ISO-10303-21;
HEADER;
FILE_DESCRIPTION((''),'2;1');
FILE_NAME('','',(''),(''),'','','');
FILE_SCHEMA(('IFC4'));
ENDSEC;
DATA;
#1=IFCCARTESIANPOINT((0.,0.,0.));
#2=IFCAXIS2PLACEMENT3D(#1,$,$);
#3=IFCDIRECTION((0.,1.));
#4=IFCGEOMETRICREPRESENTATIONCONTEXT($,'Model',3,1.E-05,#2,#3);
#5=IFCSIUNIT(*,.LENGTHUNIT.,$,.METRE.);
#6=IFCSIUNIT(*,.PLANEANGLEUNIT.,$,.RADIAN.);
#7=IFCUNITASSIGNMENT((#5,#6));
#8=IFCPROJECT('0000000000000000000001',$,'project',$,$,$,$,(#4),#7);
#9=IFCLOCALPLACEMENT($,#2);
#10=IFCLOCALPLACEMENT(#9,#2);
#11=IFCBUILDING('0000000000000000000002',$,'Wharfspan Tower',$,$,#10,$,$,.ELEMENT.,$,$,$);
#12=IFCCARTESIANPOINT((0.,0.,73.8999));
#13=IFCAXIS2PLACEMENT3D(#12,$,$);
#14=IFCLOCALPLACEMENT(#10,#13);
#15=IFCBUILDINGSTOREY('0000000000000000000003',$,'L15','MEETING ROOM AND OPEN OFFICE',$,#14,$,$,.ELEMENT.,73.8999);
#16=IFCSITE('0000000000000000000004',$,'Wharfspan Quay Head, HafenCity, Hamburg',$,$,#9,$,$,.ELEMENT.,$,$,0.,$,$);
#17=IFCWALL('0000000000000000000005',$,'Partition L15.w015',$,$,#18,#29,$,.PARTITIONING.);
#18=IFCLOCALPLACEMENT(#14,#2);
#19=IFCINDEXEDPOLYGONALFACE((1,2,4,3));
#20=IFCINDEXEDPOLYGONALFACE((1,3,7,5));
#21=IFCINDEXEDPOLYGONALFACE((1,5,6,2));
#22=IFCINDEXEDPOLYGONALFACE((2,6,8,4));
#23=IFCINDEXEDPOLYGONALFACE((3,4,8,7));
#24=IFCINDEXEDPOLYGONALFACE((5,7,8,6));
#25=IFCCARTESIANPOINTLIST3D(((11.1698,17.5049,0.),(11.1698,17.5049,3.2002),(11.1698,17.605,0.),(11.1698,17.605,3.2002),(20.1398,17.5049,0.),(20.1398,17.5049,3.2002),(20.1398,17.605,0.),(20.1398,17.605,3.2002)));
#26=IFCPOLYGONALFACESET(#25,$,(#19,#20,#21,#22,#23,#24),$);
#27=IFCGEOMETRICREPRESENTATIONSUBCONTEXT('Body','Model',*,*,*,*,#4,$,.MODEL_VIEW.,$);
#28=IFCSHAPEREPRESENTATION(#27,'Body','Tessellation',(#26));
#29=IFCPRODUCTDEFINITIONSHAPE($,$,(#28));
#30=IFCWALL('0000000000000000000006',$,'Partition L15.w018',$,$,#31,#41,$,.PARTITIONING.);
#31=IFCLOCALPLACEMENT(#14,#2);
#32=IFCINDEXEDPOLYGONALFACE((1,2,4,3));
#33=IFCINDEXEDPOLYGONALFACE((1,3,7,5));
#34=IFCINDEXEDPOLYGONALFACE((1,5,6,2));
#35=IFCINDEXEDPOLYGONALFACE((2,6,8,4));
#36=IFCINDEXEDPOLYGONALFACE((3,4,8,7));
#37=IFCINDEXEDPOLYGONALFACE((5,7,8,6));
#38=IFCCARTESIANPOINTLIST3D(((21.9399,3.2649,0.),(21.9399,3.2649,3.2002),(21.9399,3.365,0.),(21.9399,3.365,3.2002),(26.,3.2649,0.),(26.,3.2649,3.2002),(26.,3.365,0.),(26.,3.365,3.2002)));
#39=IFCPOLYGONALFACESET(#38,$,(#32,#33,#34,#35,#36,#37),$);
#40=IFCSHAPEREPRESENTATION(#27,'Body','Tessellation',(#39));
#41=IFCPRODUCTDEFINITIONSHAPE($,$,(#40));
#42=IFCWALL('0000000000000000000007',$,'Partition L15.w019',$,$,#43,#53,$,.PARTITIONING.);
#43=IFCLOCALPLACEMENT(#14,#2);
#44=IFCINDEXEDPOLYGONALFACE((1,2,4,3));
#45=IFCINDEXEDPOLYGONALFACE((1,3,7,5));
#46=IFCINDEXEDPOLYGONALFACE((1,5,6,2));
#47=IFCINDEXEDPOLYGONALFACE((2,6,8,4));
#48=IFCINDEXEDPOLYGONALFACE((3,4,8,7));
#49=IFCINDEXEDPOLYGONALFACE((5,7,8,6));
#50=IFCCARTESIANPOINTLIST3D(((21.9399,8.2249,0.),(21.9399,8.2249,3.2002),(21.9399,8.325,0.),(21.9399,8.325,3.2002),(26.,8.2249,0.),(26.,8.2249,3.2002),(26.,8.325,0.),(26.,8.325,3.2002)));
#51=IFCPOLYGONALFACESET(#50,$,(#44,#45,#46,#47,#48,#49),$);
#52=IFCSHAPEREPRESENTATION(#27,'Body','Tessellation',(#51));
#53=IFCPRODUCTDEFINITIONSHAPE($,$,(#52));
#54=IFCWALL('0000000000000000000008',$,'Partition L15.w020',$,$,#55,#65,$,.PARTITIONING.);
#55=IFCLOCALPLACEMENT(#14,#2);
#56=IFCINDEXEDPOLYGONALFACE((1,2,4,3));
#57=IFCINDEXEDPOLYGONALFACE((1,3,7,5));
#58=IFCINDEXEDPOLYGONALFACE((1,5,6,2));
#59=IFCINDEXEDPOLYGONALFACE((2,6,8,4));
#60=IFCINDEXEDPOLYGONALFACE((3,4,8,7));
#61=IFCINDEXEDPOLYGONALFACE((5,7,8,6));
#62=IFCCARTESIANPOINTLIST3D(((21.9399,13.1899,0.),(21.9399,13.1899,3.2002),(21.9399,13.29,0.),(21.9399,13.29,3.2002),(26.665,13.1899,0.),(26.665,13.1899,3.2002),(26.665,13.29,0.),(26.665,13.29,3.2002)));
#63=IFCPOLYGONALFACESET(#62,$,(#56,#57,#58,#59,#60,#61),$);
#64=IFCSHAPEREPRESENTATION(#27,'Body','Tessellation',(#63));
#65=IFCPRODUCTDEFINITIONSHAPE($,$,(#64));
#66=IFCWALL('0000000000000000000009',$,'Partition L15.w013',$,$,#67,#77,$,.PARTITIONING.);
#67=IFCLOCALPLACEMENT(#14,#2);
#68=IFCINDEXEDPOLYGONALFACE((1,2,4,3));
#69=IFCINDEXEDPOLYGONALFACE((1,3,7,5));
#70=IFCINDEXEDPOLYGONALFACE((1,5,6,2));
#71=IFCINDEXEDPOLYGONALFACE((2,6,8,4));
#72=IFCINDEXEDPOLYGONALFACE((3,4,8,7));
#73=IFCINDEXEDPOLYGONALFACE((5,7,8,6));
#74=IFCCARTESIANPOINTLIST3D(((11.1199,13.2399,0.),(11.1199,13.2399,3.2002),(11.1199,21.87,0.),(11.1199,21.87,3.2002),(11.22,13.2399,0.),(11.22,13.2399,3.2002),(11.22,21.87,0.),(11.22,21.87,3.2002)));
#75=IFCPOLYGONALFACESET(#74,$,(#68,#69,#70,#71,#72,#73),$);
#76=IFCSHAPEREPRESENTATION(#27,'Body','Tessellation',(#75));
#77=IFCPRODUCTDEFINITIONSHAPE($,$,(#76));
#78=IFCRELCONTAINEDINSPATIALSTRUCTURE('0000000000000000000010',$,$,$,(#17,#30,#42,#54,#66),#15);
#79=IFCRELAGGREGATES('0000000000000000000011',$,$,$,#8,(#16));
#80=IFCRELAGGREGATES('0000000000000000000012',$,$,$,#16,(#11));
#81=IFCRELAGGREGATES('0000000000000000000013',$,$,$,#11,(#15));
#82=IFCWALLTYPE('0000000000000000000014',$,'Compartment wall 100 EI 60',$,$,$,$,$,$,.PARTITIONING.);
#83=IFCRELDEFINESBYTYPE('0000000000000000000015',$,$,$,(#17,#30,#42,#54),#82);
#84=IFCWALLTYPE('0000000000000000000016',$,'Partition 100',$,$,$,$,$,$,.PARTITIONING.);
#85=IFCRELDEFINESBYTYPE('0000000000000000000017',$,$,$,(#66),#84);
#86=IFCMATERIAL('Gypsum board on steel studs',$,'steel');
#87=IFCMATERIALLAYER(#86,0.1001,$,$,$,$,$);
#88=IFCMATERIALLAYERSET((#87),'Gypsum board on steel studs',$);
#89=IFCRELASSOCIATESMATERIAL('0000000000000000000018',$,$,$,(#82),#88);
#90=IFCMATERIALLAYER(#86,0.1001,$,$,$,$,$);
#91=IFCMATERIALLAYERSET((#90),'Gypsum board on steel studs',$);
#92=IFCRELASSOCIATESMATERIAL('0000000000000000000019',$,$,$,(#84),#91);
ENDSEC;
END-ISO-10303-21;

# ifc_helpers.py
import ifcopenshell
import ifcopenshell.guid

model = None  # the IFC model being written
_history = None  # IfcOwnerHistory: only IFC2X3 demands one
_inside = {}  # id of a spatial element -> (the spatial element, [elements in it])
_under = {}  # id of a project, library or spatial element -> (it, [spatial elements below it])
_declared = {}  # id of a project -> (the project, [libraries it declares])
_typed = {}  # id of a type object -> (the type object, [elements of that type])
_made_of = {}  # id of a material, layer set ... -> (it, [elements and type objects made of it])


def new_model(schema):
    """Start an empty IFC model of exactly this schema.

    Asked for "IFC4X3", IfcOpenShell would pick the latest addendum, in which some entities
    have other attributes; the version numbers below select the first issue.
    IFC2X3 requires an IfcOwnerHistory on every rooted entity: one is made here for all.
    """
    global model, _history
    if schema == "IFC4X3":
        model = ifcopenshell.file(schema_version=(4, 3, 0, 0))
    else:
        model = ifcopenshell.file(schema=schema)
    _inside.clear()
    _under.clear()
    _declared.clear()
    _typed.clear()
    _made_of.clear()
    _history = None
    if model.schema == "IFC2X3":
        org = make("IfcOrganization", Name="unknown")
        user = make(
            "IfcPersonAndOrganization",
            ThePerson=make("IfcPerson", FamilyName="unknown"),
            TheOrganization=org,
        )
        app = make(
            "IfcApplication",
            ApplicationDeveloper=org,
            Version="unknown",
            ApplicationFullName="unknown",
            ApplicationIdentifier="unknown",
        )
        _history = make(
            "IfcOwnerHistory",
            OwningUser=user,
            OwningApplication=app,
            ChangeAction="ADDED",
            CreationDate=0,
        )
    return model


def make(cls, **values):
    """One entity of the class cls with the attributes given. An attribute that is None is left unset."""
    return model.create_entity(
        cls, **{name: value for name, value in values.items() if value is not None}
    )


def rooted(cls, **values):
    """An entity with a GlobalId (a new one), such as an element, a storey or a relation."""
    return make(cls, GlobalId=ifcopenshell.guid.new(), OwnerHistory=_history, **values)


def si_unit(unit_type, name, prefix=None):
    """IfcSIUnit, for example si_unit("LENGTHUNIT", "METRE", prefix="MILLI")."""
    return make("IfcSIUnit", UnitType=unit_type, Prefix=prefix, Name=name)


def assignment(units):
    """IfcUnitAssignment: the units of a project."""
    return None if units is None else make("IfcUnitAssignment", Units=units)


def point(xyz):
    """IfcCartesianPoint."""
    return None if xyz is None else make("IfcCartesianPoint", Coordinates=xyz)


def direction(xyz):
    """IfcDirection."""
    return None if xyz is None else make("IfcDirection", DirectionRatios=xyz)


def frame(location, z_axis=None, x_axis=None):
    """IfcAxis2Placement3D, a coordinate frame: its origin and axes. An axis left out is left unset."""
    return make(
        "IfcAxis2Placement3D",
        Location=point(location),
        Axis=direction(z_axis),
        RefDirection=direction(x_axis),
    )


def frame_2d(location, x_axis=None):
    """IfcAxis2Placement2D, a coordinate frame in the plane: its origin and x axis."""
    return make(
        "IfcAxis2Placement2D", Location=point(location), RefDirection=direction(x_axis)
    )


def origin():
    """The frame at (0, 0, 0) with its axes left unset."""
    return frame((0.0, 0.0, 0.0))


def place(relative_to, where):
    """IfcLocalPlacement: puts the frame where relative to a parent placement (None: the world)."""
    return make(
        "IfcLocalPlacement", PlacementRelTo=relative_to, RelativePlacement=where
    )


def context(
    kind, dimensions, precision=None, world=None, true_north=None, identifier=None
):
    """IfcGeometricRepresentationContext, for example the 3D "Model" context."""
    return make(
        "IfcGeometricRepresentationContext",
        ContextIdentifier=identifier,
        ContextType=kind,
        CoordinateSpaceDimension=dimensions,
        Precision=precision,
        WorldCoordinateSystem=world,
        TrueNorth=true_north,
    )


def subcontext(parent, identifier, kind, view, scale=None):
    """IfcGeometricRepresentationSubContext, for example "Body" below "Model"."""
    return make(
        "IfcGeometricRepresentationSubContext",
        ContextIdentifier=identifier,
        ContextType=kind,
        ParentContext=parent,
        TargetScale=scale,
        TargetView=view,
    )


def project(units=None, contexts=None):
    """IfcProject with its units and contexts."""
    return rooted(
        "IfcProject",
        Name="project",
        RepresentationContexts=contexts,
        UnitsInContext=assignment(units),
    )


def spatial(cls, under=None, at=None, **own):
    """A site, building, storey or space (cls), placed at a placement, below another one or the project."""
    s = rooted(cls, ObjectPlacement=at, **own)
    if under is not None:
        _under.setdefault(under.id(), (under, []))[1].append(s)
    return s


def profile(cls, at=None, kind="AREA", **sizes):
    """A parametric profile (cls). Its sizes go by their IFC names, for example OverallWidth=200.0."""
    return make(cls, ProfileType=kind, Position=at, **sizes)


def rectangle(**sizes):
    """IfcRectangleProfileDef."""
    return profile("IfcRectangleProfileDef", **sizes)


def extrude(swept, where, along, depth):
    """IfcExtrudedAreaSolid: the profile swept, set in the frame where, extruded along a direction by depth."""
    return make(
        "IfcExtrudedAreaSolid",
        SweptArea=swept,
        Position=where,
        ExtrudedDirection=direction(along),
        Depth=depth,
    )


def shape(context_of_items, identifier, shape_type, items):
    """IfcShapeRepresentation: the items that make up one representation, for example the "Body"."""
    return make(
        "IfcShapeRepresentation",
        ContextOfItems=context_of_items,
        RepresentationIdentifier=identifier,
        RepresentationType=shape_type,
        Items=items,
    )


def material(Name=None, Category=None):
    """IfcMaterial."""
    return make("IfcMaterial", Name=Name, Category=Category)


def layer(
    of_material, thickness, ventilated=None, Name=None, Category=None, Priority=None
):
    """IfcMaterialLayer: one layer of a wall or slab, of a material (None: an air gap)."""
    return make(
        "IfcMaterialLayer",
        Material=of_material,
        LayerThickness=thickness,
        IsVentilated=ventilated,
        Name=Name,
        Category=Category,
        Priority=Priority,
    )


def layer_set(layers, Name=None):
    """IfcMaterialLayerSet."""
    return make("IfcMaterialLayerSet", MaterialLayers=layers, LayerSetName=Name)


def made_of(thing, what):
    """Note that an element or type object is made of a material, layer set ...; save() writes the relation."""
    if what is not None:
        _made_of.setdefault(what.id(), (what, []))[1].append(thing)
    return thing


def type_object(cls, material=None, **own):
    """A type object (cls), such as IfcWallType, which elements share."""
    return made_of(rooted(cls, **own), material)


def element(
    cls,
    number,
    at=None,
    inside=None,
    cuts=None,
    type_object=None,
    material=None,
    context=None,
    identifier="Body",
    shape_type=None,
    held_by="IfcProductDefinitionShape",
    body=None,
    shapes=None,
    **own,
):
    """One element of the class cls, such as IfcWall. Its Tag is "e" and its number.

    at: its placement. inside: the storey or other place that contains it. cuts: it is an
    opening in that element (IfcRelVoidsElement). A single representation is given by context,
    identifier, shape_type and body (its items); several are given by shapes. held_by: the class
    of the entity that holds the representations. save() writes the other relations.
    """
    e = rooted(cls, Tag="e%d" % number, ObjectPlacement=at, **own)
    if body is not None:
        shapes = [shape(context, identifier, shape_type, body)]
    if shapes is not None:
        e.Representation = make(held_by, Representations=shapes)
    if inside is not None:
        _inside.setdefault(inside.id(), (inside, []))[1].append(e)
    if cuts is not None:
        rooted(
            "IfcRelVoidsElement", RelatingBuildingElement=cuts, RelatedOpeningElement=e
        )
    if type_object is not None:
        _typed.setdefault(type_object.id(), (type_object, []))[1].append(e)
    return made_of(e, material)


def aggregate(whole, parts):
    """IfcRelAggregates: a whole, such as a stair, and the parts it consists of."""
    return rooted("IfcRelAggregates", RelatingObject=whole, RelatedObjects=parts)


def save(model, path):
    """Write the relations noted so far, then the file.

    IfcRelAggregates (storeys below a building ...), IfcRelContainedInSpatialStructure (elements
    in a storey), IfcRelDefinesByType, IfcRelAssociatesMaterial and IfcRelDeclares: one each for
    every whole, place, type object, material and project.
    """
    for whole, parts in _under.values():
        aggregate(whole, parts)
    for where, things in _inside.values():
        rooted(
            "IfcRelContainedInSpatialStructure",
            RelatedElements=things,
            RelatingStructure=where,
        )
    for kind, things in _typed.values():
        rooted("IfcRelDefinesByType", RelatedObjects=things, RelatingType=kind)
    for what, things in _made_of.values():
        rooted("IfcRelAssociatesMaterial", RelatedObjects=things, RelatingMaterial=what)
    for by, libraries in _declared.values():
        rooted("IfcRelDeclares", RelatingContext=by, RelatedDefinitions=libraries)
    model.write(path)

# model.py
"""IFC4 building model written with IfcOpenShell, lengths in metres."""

from ifc_helpers import new_model, si_unit, direction, frame, frame_2d, origin, place, context, subcontext, project, spatial, rectangle, extrude, material, layer, layer_set, type_object, element, save


model = new_model("IFC4")

# Units and contexts
model_context = context("Model", 3, precision=1e-05, world=origin(), true_north=direction((0.0, 1.0)))
body_context = subcontext(model_context, "Body", "Model", "MODEL_VIEW")
ifc_project = project(units=[si_unit("LENGTHUNIT", "METRE"), si_unit("PLANEANGLEUNIT", "RADIAN")], contexts=[model_context])

# Site, building, storey
site_placement = place(None, origin())
site = spatial("IfcSite", under=ifc_project, at=site_placement, Name="Wharfspan Quay Head, HafenCity, Hamburg", CompositionType="ELEMENT", RefElevation=0.0)
building_placement = place(site_placement, origin())
building = spatial("IfcBuilding", under=site, at=building_placement, Name="Wharfspan Tower", CompositionType="ELEMENT")
storey_placement = place(building_placement, frame((0.0, 0.0, 73.8999)))
storey = spatial("IfcBuildingStorey", under=building, at=storey_placement, Name="L15", Description="MEETING ROOM AND OPEN OFFICE", CompositionType="ELEMENT", Elevation=73.8999)

# Walls
ifc_material_1 = material(Name="Gypsum board on steel studs", Category="steel")
ifc_layer_1 = layer(ifc_material_1, 0.1001)
ifc_layer_set_1 = layer_set([ifc_layer_1], Name="Gypsum board on steel studs")
wall_type_1 = type_object("IfcWallType", Name="Compartment wall 100 EI 60", PredefinedType="PARTITIONING", material=ifc_layer_set_1)
for number, where, z_axis, x_axis, name in (
    (1, (11.1699, 17.5549, 0.0), (0.0, 0.0, 1.0), (1.0, 0.0, 0.0), "Partition L15.w015"),
):
    element("IfcWall", number, at=place(storey_placement, frame(where, z_axis=z_axis, x_axis=x_axis)), inside=storey, type_object=wall_type_1, Name=name, PredefinedType="PARTITIONING", context=body_context, shape_type="SweptSolid", body=[
        extrude(rectangle(XDim=8.97, YDim=0.1001, at=frame_2d((4.4849, 0.0))), origin(), (0.0, 0.0, 1.0), 3.2002),
    ])
for number, where, z_axis, x_axis, name in (
    (2, (21.9399, 3.3149, 0.0), (0.0, 0.0, 1.0), (1.0, 0.0, 0.0), "Partition L15.w018"),
    (3, (21.9399, 8.2749, 0.0), (0.0, 0.0, 1.0), (1.0, 0.0, 0.0), "Partition L15.w019"),
):
    element("IfcWall", number, at=place(storey_placement, frame(where, z_axis=z_axis, x_axis=x_axis)), inside=storey, type_object=wall_type_1, Name=name, PredefinedType="PARTITIONING", context=body_context, shape_type="SweptSolid", body=[
        extrude(rectangle(XDim=4.0601, YDim=0.1001, at=frame_2d((2.03, 0.0))), origin(), (0.0, 0.0, 1.0), 3.2002),
    ])
wall_1_placement = place(storey_placement, frame((21.9399, 13.24, 0.0), z_axis=(0.0, 0.0, 1.0), x_axis=(1.0, 0.0, 0.0)))
element("IfcWall", 4, at=wall_1_placement, inside=storey, type_object=wall_type_1, Name="Partition L15.w020", PredefinedType="PARTITIONING", context=body_context, shape_type="SweptSolid", body=[
    extrude(rectangle(XDim=4.7251, YDim=0.1001, at=frame_2d((2.3625, 0.0))), origin(), (0.0, 0.0, 1.0), 3.2002),
])
ifc_layer_2 = layer(ifc_material_1, 0.1001)
ifc_layer_set_2 = layer_set([ifc_layer_2], Name="Gypsum board on steel studs")
wall_type_2 = type_object("IfcWallType", Name="Partition 100", PredefinedType="PARTITIONING", material=ifc_layer_set_2)
wall_2_placement = place(storey_placement, frame((11.1699, 13.24, 0.0), z_axis=(0.0, 0.0, 1.0), x_axis=(0.0, 1.0, 0.0)))
element("IfcWall", 5, at=wall_2_placement, inside=storey, type_object=wall_type_2, Name="Partition L15.w013", PredefinedType="PARTITIONING", context=body_context, shape_type="SweptSolid", body=[
    extrude(rectangle(XDim=8.6301, YDim=0.1001, at=frame_2d((4.3149, 0.0))), origin(), (0.0, 0.0, 1.0), 3.2002),
])

save(model, "model.ifc")
